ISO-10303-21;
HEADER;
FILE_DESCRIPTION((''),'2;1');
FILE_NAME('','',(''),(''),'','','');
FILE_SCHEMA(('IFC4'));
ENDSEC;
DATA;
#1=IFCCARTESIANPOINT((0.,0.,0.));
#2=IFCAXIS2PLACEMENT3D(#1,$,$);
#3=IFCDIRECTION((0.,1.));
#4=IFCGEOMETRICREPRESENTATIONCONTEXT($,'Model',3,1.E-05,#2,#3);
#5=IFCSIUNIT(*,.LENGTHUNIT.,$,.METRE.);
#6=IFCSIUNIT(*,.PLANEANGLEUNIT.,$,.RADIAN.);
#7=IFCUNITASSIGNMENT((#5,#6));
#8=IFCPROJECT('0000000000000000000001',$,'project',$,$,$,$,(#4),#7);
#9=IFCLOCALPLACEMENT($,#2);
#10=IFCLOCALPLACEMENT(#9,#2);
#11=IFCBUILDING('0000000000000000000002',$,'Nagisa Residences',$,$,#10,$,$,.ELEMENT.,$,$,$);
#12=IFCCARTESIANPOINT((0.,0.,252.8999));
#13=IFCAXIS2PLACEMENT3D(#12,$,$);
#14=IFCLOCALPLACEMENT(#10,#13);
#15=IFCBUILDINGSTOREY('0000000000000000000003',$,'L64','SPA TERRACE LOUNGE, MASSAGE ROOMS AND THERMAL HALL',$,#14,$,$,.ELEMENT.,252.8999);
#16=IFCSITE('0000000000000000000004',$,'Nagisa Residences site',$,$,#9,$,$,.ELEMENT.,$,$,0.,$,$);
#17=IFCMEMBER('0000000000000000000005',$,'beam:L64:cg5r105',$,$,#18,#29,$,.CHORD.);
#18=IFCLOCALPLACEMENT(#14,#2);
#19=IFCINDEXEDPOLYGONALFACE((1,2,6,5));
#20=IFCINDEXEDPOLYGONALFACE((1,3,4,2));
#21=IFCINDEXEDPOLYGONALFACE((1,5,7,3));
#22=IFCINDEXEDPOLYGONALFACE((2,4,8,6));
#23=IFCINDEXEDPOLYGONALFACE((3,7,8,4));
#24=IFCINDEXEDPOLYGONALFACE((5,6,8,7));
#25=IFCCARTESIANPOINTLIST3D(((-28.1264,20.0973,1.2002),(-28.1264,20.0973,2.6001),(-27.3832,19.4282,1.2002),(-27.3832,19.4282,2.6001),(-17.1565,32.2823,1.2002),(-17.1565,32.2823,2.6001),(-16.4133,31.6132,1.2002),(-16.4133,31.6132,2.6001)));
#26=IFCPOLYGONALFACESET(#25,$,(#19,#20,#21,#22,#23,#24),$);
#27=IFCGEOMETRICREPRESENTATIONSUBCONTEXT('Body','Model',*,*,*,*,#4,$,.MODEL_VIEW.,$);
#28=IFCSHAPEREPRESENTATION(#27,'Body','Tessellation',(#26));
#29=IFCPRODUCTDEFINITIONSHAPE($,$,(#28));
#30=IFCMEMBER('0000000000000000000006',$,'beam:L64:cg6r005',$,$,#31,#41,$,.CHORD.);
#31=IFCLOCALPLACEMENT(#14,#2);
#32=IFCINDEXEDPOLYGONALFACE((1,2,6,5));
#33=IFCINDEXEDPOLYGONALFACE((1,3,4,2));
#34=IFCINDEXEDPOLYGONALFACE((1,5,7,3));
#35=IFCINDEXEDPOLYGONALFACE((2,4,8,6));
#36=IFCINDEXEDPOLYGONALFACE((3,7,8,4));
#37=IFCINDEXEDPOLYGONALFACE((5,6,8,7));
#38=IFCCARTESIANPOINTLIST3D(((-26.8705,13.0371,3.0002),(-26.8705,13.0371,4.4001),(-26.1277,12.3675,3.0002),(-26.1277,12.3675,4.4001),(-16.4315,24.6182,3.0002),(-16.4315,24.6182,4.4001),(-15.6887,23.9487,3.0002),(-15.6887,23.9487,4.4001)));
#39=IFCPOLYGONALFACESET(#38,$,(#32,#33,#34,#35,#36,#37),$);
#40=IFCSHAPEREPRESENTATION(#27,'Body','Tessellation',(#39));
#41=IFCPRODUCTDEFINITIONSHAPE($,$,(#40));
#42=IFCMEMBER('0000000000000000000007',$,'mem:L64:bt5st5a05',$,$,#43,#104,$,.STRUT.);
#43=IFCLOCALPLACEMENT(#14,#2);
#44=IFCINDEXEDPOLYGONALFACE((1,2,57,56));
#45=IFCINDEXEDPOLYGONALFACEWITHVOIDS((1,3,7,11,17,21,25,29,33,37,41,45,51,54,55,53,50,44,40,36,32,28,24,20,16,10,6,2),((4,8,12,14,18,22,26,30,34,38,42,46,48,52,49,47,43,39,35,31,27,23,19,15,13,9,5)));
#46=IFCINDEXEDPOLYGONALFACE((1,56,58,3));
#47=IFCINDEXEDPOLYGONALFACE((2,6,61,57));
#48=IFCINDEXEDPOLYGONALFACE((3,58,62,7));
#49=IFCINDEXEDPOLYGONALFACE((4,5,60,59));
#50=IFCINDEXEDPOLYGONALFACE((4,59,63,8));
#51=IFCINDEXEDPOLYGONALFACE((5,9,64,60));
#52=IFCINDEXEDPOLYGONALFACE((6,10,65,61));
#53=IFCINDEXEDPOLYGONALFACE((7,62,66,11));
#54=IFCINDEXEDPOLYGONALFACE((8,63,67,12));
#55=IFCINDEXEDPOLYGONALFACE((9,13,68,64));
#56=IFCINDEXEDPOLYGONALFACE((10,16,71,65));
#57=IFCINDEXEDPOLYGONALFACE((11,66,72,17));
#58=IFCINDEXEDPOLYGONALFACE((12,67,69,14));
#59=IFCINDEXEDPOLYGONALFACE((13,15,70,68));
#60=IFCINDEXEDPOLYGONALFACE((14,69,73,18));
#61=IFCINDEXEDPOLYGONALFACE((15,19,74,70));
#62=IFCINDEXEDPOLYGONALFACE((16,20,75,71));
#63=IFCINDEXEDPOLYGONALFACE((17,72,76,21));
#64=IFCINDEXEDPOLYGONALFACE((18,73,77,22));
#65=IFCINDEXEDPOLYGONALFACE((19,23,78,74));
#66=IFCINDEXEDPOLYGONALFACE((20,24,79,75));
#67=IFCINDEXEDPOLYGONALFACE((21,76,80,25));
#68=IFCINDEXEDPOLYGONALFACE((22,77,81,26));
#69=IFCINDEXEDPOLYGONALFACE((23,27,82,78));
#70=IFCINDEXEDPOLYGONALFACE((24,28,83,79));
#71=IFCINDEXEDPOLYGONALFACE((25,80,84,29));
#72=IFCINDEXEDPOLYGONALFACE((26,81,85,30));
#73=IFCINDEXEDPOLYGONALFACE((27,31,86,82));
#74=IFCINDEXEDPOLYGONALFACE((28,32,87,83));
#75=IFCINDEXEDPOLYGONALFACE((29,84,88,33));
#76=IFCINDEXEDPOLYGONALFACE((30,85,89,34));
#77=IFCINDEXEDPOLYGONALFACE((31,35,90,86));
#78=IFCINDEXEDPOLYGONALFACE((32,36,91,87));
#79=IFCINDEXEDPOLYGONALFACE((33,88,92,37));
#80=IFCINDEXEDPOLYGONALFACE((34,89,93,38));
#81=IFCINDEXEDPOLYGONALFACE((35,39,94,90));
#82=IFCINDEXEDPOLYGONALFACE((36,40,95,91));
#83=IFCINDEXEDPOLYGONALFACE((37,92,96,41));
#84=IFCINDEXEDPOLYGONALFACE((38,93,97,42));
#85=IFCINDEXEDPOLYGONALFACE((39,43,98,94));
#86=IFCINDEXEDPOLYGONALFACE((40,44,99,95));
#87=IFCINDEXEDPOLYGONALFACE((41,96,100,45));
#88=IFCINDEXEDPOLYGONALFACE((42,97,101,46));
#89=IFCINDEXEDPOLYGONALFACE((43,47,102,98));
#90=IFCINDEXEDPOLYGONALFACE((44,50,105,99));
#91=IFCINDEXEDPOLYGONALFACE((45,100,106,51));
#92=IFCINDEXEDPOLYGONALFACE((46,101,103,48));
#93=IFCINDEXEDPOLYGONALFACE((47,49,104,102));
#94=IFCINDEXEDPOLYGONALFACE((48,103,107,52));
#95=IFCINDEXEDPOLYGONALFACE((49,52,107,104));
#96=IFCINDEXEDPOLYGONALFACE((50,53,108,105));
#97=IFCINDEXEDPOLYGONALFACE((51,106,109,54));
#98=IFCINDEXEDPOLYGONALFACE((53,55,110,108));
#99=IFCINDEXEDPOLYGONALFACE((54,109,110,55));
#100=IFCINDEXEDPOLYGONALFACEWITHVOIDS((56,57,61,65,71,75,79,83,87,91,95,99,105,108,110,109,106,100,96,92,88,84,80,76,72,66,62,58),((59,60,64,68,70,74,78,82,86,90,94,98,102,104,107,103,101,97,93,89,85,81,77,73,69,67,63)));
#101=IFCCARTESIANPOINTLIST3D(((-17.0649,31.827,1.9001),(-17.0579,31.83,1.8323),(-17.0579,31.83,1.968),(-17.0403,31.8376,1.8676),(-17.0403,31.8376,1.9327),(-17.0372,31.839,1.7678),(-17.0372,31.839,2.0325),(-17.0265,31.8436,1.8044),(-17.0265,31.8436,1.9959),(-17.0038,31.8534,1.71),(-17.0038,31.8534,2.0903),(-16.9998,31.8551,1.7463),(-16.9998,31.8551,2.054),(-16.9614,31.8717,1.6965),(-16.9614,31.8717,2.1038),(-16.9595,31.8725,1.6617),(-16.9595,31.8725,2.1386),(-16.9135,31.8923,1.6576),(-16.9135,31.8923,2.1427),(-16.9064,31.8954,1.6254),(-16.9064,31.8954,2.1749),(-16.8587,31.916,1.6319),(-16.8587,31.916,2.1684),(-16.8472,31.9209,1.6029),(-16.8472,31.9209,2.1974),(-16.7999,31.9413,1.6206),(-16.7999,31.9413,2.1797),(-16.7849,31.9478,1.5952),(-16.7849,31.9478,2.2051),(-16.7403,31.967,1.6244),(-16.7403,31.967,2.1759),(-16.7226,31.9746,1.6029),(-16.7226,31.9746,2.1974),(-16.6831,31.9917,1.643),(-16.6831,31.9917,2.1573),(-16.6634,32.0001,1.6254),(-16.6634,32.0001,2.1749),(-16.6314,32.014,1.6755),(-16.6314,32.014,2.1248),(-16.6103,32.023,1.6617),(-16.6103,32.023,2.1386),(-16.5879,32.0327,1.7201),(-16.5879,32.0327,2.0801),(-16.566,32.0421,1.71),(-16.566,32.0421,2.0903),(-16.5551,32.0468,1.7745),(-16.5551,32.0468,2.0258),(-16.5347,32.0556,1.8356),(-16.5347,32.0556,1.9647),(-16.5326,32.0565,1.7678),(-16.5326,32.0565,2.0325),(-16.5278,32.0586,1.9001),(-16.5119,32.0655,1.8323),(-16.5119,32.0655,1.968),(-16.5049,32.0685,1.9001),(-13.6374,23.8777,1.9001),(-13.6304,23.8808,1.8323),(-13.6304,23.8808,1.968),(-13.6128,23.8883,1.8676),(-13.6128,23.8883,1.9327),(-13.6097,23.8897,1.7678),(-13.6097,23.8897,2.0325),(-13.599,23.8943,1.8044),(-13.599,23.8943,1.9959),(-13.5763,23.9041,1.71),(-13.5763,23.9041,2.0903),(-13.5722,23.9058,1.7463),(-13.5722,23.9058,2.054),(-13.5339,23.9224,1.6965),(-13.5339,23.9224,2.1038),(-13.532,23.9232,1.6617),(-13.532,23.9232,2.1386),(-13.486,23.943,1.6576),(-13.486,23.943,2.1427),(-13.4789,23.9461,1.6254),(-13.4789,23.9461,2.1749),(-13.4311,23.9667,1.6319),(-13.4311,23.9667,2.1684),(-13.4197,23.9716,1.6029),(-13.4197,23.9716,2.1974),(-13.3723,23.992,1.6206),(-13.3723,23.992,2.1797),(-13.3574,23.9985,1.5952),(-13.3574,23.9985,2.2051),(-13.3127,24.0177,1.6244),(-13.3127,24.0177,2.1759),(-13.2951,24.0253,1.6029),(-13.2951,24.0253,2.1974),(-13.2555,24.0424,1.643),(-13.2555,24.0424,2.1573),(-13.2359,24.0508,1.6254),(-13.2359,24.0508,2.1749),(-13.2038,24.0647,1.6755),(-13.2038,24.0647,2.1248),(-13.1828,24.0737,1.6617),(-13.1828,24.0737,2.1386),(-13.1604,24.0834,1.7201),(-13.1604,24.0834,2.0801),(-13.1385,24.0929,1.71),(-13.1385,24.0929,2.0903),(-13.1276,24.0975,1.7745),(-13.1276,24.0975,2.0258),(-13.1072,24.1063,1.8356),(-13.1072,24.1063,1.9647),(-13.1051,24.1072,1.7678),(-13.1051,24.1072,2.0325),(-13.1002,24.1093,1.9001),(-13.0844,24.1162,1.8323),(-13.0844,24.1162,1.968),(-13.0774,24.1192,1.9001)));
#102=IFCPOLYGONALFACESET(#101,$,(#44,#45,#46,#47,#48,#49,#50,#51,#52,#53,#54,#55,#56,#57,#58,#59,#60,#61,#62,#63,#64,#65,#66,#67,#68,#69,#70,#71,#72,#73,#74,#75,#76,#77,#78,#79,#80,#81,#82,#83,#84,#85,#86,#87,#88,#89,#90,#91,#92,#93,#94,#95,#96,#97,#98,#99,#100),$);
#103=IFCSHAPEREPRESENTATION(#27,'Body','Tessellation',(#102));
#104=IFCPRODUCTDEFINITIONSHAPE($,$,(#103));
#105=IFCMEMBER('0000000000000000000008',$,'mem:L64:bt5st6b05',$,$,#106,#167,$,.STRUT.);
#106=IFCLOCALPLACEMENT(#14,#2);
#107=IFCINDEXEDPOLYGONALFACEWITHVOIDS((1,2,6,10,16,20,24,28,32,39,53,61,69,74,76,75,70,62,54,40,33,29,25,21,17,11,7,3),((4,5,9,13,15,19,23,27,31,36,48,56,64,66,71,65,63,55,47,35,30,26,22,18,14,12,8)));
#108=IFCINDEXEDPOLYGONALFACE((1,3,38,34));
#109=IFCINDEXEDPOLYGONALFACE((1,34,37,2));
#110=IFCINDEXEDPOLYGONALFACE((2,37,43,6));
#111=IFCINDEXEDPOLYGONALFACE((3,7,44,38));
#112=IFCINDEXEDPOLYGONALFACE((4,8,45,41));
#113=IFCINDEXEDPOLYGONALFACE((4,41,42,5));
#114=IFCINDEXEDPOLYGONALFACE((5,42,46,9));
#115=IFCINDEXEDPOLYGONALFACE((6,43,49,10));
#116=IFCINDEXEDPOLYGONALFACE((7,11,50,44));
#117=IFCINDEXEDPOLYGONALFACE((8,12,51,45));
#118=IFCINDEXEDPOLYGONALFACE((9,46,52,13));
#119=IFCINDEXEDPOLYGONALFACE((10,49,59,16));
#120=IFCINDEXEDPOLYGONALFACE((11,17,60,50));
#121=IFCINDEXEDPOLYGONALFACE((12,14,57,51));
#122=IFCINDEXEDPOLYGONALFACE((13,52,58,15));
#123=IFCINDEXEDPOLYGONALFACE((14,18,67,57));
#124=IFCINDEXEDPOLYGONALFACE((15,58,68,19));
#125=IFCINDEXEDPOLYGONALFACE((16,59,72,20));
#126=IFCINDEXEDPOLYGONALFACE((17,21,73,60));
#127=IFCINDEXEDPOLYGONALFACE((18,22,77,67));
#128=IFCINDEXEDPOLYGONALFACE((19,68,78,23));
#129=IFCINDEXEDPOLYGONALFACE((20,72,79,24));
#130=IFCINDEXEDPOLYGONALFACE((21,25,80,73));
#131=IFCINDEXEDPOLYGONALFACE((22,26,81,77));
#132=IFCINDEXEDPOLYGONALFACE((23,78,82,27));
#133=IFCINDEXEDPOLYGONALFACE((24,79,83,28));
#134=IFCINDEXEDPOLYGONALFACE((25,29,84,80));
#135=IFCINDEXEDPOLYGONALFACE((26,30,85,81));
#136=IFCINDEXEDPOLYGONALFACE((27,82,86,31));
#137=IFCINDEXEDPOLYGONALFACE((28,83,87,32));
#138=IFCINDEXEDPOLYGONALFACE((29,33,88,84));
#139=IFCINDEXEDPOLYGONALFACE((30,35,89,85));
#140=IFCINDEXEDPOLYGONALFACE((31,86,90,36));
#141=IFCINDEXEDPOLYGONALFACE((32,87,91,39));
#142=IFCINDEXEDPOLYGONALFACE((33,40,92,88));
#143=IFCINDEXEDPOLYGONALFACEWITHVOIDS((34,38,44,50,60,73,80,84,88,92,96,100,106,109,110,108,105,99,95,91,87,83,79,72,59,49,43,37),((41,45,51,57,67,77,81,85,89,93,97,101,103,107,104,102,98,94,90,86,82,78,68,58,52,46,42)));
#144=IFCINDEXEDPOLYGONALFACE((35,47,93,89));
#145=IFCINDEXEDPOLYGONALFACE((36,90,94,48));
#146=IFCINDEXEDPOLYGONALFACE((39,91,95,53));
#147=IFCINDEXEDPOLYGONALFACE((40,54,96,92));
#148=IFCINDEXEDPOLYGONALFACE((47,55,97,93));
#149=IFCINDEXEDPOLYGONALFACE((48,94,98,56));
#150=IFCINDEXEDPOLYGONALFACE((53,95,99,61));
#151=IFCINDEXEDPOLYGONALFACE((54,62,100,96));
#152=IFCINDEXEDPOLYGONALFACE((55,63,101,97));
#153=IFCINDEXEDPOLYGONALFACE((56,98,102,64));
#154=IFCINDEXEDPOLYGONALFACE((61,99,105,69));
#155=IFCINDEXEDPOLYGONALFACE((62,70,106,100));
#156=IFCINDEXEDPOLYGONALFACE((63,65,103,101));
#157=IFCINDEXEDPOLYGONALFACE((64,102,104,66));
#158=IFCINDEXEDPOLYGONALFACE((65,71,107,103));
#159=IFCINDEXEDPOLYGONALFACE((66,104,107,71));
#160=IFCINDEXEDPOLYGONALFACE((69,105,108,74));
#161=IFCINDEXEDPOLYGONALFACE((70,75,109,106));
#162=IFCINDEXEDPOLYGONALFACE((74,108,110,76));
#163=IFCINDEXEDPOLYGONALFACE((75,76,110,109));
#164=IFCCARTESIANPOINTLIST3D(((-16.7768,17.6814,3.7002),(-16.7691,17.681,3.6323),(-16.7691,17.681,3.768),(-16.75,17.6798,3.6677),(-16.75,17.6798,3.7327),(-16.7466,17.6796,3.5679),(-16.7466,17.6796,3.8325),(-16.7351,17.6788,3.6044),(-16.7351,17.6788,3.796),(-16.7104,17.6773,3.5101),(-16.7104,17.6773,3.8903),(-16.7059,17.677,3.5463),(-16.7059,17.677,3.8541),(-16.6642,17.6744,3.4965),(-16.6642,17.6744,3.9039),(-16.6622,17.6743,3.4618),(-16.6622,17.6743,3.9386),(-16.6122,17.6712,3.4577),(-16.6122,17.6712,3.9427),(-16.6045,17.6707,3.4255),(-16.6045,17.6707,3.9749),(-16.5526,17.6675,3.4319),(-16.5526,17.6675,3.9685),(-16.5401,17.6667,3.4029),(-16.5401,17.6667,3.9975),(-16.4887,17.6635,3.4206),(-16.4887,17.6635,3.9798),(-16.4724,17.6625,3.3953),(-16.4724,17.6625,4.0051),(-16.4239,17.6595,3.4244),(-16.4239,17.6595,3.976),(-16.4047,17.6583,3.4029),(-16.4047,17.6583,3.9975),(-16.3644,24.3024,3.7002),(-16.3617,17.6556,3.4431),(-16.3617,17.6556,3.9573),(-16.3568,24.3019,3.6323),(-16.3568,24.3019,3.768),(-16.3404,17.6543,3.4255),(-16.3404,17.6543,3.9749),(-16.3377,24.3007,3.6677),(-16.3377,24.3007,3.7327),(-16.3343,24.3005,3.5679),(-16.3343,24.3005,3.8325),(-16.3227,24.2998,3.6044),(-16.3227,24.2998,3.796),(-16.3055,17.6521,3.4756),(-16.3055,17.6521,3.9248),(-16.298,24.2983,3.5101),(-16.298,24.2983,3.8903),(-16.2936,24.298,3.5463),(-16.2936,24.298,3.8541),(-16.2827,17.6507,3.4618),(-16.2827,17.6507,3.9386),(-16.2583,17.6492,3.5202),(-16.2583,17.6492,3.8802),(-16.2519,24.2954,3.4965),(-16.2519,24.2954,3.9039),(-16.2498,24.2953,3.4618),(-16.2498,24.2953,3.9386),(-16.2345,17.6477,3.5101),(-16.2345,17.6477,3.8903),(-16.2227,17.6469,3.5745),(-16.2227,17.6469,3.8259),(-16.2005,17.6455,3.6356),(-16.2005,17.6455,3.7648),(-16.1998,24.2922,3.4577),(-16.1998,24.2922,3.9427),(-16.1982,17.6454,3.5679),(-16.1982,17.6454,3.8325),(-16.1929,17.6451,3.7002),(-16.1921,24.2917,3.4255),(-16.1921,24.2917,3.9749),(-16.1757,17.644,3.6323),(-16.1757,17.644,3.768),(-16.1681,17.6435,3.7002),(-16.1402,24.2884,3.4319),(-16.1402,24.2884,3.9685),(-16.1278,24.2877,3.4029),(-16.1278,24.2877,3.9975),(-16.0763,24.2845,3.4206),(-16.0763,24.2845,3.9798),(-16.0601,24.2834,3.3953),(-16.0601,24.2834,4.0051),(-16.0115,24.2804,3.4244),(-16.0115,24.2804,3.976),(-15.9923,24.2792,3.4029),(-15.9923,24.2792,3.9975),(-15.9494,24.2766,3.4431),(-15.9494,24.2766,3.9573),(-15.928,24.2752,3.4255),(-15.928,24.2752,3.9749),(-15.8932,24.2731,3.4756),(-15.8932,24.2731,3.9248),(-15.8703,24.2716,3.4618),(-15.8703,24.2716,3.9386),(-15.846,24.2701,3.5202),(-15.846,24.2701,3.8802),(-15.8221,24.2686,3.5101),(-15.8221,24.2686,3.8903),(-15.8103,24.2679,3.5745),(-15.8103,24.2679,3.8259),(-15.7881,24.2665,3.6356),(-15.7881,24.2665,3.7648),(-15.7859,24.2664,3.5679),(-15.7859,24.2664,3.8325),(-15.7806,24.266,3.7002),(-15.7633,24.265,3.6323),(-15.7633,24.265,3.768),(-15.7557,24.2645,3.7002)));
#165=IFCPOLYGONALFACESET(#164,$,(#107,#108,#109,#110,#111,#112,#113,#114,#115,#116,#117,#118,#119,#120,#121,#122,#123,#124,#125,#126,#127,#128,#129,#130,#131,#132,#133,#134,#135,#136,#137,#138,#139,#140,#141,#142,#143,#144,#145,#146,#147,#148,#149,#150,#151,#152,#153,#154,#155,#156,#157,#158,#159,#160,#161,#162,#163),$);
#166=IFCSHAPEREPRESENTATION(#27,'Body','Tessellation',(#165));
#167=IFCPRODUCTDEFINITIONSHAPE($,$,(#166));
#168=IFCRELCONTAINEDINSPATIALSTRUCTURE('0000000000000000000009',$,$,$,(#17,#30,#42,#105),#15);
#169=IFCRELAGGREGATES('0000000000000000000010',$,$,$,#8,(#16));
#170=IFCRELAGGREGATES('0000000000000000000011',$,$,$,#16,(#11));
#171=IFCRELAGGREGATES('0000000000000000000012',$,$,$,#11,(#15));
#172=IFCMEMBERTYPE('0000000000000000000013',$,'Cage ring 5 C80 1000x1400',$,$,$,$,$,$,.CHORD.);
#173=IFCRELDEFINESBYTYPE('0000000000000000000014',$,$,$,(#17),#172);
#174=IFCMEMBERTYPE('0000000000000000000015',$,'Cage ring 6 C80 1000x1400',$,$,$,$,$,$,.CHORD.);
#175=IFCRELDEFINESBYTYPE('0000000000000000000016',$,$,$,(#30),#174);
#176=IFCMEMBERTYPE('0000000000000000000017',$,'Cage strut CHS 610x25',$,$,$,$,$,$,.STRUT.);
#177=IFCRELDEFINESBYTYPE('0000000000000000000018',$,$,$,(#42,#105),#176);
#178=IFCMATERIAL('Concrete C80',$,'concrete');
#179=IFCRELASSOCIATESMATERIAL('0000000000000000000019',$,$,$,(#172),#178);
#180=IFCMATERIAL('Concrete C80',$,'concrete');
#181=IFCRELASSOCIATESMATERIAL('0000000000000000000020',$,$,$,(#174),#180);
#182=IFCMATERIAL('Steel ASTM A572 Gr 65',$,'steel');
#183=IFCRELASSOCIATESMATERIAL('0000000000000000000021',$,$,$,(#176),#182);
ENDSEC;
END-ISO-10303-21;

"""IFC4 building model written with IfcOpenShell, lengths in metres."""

from ifc_helpers import new_model, si_unit, direction, frame, origin, origin_2d, place, context, subcontext, project, spatial, rectangle, hollow_circle, extrude, material, material_profile, profile_set, type_object, element, save


model = new_model("IFC4")

# Units and contexts
model_context = context("Model", 3, precision=1e-05, world=origin(), true_north=direction((0.0, 1.0)))
body_context = subcontext(model_context, "Body", "Model", "MODEL_VIEW")
ifc_project = project(units=[si_unit("LENGTHUNIT", "METRE"), si_unit("PLANEANGLEUNIT", "RADIAN")], contexts=[model_context])

# Site, building, storey
site_placement = place(None, origin())
site = spatial("IfcSite", under=ifc_project, at=site_placement, Name="Nagisa Residences site", CompositionType="ELEMENT", RefElevation=0.0)
building_placement = place(site_placement, origin())
building = spatial("IfcBuilding", under=site, at=building_placement, Name="Nagisa Residences", CompositionType="ELEMENT")
storey_placement = place(building_placement, frame((0.0, 0.0, 252.8999)))
storey = spatial("IfcBuildingStorey", under=building, at=storey_placement, Name="L64", Description="SPA TERRACE LOUNGE, MASSAGE ROOMS AND THERMAL HALL", CompositionType="ELEMENT", Elevation=252.8999)

# Members
ifc_material_1 = material(Name="Concrete C80", Category="concrete")
ifc_material_profile_1 = material_profile(ifc_material_1, rectangle(XDim=1.0, YDim=1.3999, at=origin_2d()), Name="C80 1000x1400")
ifc_profile_set_1 = profile_set([ifc_material_profile_1], Name="Concrete C80")
member_type_1 = type_object("IfcMemberType", Name="Cage ring 5 C80 1000x1400", PredefinedType="CHORD", material=ifc_profile_set_1)
member_1_placement = place(storey_placement, frame((-16.7849, 31.9478, 1.9001), z_axis=(-0.66908, -0.74319, 0.0), x_axis=(0.74319, -0.66908, 0.0)))
element("IfcMember", 1, at=member_1_placement, inside=storey, type_object=member_type_1, Name="beam:L64:cg5r105", PredefinedType="CHORD", context=body_context, shape_type="SweptSolid", body=[
    extrude(rectangle(XDim=1.0, YDim=1.3999, at=origin_2d()), origin(), (0.0, 0.0, 1.0), 16.3955),
])
ifc_material_2 = material(Name="Concrete C80", Category="concrete")
ifc_material_profile_2 = material_profile(ifc_material_2, rectangle(XDim=1.0, YDim=1.3999, at=origin_2d()), Name="C80 1000x1400")
ifc_profile_set_2 = profile_set([ifc_material_profile_2], Name="Concrete C80")
member_type_2 = type_object("IfcMemberType", Name="Cage ring 6 C80 1000x1400", PredefinedType="CHORD", material=ifc_profile_set_2)
member_2_placement = place(storey_placement, frame((-16.0601, 24.2834, 3.7002), z_axis=(-0.669532, -0.742783, 0.0), x_axis=(0.742783, -0.669532, 0.0)))
element("IfcMember", 2, at=member_2_placement, inside=storey, type_object=member_type_2, Name="beam:L64:cg6r005", PredefinedType="CHORD", context=body_context, shape_type="SweptSolid", body=[
    extrude(rectangle(XDim=1.0, YDim=1.3999, at=origin_2d()), origin(), (0.0, 0.0, 1.0), 15.5916),
])
ifc_material_3 = material(Name="Steel ASTM A572 Gr 65", Category="steel")
ifc_material_profile_3 = material_profile(ifc_material_3, hollow_circle(Radius=0.3049, WallThickness=0.0249, at=origin_2d()), Name="CHS 610x25")
ifc_profile_set_3 = profile_set([ifc_material_profile_3], Name="Steel ASTM A572 Gr 65")
member_type_3 = type_object("IfcMemberType", Name="Cage strut CHS 610x25", PredefinedType="STRUT", material=ifc_profile_set_3)
member_3_placement = place(storey_placement, frame((-16.7849, 31.9478, 1.9001), z_axis=(0.395937, -0.918278, 0.0), x_axis=(0.918278, 0.395937, 0.0)))
element("IfcMember", 3, at=member_3_placement, inside=storey, type_object=member_type_3, Name="mem:L64:bt5st5a05", PredefinedType="STRUT", context=body_context, shape_type="SweptSolid", body=[
    extrude(hollow_circle(Radius=0.3049, WallThickness=0.0249, at=origin_2d()), origin(), (0.0, 0.0, 1.0), 8.6567),
])
member_4_placement = place(storey_placement, frame((-16.0601, 24.2834, 3.7002), z_axis=(-0.062161, -0.998066, 0.0), x_axis=(0.998066, -0.062161, 0.0)))
element("IfcMember", 4, at=member_4_placement, inside=storey, type_object=member_type_3, Name="mem:L64:bt5st6b05", PredefinedType="STRUT", context=body_context, shape_type="SweptSolid", body=[
    extrude(hollow_circle(Radius=0.3049, WallThickness=0.0249, at=origin_2d()), origin(), (0.0, 0.0, 1.0), 6.6338),
])

save(model, "model.ifc")
